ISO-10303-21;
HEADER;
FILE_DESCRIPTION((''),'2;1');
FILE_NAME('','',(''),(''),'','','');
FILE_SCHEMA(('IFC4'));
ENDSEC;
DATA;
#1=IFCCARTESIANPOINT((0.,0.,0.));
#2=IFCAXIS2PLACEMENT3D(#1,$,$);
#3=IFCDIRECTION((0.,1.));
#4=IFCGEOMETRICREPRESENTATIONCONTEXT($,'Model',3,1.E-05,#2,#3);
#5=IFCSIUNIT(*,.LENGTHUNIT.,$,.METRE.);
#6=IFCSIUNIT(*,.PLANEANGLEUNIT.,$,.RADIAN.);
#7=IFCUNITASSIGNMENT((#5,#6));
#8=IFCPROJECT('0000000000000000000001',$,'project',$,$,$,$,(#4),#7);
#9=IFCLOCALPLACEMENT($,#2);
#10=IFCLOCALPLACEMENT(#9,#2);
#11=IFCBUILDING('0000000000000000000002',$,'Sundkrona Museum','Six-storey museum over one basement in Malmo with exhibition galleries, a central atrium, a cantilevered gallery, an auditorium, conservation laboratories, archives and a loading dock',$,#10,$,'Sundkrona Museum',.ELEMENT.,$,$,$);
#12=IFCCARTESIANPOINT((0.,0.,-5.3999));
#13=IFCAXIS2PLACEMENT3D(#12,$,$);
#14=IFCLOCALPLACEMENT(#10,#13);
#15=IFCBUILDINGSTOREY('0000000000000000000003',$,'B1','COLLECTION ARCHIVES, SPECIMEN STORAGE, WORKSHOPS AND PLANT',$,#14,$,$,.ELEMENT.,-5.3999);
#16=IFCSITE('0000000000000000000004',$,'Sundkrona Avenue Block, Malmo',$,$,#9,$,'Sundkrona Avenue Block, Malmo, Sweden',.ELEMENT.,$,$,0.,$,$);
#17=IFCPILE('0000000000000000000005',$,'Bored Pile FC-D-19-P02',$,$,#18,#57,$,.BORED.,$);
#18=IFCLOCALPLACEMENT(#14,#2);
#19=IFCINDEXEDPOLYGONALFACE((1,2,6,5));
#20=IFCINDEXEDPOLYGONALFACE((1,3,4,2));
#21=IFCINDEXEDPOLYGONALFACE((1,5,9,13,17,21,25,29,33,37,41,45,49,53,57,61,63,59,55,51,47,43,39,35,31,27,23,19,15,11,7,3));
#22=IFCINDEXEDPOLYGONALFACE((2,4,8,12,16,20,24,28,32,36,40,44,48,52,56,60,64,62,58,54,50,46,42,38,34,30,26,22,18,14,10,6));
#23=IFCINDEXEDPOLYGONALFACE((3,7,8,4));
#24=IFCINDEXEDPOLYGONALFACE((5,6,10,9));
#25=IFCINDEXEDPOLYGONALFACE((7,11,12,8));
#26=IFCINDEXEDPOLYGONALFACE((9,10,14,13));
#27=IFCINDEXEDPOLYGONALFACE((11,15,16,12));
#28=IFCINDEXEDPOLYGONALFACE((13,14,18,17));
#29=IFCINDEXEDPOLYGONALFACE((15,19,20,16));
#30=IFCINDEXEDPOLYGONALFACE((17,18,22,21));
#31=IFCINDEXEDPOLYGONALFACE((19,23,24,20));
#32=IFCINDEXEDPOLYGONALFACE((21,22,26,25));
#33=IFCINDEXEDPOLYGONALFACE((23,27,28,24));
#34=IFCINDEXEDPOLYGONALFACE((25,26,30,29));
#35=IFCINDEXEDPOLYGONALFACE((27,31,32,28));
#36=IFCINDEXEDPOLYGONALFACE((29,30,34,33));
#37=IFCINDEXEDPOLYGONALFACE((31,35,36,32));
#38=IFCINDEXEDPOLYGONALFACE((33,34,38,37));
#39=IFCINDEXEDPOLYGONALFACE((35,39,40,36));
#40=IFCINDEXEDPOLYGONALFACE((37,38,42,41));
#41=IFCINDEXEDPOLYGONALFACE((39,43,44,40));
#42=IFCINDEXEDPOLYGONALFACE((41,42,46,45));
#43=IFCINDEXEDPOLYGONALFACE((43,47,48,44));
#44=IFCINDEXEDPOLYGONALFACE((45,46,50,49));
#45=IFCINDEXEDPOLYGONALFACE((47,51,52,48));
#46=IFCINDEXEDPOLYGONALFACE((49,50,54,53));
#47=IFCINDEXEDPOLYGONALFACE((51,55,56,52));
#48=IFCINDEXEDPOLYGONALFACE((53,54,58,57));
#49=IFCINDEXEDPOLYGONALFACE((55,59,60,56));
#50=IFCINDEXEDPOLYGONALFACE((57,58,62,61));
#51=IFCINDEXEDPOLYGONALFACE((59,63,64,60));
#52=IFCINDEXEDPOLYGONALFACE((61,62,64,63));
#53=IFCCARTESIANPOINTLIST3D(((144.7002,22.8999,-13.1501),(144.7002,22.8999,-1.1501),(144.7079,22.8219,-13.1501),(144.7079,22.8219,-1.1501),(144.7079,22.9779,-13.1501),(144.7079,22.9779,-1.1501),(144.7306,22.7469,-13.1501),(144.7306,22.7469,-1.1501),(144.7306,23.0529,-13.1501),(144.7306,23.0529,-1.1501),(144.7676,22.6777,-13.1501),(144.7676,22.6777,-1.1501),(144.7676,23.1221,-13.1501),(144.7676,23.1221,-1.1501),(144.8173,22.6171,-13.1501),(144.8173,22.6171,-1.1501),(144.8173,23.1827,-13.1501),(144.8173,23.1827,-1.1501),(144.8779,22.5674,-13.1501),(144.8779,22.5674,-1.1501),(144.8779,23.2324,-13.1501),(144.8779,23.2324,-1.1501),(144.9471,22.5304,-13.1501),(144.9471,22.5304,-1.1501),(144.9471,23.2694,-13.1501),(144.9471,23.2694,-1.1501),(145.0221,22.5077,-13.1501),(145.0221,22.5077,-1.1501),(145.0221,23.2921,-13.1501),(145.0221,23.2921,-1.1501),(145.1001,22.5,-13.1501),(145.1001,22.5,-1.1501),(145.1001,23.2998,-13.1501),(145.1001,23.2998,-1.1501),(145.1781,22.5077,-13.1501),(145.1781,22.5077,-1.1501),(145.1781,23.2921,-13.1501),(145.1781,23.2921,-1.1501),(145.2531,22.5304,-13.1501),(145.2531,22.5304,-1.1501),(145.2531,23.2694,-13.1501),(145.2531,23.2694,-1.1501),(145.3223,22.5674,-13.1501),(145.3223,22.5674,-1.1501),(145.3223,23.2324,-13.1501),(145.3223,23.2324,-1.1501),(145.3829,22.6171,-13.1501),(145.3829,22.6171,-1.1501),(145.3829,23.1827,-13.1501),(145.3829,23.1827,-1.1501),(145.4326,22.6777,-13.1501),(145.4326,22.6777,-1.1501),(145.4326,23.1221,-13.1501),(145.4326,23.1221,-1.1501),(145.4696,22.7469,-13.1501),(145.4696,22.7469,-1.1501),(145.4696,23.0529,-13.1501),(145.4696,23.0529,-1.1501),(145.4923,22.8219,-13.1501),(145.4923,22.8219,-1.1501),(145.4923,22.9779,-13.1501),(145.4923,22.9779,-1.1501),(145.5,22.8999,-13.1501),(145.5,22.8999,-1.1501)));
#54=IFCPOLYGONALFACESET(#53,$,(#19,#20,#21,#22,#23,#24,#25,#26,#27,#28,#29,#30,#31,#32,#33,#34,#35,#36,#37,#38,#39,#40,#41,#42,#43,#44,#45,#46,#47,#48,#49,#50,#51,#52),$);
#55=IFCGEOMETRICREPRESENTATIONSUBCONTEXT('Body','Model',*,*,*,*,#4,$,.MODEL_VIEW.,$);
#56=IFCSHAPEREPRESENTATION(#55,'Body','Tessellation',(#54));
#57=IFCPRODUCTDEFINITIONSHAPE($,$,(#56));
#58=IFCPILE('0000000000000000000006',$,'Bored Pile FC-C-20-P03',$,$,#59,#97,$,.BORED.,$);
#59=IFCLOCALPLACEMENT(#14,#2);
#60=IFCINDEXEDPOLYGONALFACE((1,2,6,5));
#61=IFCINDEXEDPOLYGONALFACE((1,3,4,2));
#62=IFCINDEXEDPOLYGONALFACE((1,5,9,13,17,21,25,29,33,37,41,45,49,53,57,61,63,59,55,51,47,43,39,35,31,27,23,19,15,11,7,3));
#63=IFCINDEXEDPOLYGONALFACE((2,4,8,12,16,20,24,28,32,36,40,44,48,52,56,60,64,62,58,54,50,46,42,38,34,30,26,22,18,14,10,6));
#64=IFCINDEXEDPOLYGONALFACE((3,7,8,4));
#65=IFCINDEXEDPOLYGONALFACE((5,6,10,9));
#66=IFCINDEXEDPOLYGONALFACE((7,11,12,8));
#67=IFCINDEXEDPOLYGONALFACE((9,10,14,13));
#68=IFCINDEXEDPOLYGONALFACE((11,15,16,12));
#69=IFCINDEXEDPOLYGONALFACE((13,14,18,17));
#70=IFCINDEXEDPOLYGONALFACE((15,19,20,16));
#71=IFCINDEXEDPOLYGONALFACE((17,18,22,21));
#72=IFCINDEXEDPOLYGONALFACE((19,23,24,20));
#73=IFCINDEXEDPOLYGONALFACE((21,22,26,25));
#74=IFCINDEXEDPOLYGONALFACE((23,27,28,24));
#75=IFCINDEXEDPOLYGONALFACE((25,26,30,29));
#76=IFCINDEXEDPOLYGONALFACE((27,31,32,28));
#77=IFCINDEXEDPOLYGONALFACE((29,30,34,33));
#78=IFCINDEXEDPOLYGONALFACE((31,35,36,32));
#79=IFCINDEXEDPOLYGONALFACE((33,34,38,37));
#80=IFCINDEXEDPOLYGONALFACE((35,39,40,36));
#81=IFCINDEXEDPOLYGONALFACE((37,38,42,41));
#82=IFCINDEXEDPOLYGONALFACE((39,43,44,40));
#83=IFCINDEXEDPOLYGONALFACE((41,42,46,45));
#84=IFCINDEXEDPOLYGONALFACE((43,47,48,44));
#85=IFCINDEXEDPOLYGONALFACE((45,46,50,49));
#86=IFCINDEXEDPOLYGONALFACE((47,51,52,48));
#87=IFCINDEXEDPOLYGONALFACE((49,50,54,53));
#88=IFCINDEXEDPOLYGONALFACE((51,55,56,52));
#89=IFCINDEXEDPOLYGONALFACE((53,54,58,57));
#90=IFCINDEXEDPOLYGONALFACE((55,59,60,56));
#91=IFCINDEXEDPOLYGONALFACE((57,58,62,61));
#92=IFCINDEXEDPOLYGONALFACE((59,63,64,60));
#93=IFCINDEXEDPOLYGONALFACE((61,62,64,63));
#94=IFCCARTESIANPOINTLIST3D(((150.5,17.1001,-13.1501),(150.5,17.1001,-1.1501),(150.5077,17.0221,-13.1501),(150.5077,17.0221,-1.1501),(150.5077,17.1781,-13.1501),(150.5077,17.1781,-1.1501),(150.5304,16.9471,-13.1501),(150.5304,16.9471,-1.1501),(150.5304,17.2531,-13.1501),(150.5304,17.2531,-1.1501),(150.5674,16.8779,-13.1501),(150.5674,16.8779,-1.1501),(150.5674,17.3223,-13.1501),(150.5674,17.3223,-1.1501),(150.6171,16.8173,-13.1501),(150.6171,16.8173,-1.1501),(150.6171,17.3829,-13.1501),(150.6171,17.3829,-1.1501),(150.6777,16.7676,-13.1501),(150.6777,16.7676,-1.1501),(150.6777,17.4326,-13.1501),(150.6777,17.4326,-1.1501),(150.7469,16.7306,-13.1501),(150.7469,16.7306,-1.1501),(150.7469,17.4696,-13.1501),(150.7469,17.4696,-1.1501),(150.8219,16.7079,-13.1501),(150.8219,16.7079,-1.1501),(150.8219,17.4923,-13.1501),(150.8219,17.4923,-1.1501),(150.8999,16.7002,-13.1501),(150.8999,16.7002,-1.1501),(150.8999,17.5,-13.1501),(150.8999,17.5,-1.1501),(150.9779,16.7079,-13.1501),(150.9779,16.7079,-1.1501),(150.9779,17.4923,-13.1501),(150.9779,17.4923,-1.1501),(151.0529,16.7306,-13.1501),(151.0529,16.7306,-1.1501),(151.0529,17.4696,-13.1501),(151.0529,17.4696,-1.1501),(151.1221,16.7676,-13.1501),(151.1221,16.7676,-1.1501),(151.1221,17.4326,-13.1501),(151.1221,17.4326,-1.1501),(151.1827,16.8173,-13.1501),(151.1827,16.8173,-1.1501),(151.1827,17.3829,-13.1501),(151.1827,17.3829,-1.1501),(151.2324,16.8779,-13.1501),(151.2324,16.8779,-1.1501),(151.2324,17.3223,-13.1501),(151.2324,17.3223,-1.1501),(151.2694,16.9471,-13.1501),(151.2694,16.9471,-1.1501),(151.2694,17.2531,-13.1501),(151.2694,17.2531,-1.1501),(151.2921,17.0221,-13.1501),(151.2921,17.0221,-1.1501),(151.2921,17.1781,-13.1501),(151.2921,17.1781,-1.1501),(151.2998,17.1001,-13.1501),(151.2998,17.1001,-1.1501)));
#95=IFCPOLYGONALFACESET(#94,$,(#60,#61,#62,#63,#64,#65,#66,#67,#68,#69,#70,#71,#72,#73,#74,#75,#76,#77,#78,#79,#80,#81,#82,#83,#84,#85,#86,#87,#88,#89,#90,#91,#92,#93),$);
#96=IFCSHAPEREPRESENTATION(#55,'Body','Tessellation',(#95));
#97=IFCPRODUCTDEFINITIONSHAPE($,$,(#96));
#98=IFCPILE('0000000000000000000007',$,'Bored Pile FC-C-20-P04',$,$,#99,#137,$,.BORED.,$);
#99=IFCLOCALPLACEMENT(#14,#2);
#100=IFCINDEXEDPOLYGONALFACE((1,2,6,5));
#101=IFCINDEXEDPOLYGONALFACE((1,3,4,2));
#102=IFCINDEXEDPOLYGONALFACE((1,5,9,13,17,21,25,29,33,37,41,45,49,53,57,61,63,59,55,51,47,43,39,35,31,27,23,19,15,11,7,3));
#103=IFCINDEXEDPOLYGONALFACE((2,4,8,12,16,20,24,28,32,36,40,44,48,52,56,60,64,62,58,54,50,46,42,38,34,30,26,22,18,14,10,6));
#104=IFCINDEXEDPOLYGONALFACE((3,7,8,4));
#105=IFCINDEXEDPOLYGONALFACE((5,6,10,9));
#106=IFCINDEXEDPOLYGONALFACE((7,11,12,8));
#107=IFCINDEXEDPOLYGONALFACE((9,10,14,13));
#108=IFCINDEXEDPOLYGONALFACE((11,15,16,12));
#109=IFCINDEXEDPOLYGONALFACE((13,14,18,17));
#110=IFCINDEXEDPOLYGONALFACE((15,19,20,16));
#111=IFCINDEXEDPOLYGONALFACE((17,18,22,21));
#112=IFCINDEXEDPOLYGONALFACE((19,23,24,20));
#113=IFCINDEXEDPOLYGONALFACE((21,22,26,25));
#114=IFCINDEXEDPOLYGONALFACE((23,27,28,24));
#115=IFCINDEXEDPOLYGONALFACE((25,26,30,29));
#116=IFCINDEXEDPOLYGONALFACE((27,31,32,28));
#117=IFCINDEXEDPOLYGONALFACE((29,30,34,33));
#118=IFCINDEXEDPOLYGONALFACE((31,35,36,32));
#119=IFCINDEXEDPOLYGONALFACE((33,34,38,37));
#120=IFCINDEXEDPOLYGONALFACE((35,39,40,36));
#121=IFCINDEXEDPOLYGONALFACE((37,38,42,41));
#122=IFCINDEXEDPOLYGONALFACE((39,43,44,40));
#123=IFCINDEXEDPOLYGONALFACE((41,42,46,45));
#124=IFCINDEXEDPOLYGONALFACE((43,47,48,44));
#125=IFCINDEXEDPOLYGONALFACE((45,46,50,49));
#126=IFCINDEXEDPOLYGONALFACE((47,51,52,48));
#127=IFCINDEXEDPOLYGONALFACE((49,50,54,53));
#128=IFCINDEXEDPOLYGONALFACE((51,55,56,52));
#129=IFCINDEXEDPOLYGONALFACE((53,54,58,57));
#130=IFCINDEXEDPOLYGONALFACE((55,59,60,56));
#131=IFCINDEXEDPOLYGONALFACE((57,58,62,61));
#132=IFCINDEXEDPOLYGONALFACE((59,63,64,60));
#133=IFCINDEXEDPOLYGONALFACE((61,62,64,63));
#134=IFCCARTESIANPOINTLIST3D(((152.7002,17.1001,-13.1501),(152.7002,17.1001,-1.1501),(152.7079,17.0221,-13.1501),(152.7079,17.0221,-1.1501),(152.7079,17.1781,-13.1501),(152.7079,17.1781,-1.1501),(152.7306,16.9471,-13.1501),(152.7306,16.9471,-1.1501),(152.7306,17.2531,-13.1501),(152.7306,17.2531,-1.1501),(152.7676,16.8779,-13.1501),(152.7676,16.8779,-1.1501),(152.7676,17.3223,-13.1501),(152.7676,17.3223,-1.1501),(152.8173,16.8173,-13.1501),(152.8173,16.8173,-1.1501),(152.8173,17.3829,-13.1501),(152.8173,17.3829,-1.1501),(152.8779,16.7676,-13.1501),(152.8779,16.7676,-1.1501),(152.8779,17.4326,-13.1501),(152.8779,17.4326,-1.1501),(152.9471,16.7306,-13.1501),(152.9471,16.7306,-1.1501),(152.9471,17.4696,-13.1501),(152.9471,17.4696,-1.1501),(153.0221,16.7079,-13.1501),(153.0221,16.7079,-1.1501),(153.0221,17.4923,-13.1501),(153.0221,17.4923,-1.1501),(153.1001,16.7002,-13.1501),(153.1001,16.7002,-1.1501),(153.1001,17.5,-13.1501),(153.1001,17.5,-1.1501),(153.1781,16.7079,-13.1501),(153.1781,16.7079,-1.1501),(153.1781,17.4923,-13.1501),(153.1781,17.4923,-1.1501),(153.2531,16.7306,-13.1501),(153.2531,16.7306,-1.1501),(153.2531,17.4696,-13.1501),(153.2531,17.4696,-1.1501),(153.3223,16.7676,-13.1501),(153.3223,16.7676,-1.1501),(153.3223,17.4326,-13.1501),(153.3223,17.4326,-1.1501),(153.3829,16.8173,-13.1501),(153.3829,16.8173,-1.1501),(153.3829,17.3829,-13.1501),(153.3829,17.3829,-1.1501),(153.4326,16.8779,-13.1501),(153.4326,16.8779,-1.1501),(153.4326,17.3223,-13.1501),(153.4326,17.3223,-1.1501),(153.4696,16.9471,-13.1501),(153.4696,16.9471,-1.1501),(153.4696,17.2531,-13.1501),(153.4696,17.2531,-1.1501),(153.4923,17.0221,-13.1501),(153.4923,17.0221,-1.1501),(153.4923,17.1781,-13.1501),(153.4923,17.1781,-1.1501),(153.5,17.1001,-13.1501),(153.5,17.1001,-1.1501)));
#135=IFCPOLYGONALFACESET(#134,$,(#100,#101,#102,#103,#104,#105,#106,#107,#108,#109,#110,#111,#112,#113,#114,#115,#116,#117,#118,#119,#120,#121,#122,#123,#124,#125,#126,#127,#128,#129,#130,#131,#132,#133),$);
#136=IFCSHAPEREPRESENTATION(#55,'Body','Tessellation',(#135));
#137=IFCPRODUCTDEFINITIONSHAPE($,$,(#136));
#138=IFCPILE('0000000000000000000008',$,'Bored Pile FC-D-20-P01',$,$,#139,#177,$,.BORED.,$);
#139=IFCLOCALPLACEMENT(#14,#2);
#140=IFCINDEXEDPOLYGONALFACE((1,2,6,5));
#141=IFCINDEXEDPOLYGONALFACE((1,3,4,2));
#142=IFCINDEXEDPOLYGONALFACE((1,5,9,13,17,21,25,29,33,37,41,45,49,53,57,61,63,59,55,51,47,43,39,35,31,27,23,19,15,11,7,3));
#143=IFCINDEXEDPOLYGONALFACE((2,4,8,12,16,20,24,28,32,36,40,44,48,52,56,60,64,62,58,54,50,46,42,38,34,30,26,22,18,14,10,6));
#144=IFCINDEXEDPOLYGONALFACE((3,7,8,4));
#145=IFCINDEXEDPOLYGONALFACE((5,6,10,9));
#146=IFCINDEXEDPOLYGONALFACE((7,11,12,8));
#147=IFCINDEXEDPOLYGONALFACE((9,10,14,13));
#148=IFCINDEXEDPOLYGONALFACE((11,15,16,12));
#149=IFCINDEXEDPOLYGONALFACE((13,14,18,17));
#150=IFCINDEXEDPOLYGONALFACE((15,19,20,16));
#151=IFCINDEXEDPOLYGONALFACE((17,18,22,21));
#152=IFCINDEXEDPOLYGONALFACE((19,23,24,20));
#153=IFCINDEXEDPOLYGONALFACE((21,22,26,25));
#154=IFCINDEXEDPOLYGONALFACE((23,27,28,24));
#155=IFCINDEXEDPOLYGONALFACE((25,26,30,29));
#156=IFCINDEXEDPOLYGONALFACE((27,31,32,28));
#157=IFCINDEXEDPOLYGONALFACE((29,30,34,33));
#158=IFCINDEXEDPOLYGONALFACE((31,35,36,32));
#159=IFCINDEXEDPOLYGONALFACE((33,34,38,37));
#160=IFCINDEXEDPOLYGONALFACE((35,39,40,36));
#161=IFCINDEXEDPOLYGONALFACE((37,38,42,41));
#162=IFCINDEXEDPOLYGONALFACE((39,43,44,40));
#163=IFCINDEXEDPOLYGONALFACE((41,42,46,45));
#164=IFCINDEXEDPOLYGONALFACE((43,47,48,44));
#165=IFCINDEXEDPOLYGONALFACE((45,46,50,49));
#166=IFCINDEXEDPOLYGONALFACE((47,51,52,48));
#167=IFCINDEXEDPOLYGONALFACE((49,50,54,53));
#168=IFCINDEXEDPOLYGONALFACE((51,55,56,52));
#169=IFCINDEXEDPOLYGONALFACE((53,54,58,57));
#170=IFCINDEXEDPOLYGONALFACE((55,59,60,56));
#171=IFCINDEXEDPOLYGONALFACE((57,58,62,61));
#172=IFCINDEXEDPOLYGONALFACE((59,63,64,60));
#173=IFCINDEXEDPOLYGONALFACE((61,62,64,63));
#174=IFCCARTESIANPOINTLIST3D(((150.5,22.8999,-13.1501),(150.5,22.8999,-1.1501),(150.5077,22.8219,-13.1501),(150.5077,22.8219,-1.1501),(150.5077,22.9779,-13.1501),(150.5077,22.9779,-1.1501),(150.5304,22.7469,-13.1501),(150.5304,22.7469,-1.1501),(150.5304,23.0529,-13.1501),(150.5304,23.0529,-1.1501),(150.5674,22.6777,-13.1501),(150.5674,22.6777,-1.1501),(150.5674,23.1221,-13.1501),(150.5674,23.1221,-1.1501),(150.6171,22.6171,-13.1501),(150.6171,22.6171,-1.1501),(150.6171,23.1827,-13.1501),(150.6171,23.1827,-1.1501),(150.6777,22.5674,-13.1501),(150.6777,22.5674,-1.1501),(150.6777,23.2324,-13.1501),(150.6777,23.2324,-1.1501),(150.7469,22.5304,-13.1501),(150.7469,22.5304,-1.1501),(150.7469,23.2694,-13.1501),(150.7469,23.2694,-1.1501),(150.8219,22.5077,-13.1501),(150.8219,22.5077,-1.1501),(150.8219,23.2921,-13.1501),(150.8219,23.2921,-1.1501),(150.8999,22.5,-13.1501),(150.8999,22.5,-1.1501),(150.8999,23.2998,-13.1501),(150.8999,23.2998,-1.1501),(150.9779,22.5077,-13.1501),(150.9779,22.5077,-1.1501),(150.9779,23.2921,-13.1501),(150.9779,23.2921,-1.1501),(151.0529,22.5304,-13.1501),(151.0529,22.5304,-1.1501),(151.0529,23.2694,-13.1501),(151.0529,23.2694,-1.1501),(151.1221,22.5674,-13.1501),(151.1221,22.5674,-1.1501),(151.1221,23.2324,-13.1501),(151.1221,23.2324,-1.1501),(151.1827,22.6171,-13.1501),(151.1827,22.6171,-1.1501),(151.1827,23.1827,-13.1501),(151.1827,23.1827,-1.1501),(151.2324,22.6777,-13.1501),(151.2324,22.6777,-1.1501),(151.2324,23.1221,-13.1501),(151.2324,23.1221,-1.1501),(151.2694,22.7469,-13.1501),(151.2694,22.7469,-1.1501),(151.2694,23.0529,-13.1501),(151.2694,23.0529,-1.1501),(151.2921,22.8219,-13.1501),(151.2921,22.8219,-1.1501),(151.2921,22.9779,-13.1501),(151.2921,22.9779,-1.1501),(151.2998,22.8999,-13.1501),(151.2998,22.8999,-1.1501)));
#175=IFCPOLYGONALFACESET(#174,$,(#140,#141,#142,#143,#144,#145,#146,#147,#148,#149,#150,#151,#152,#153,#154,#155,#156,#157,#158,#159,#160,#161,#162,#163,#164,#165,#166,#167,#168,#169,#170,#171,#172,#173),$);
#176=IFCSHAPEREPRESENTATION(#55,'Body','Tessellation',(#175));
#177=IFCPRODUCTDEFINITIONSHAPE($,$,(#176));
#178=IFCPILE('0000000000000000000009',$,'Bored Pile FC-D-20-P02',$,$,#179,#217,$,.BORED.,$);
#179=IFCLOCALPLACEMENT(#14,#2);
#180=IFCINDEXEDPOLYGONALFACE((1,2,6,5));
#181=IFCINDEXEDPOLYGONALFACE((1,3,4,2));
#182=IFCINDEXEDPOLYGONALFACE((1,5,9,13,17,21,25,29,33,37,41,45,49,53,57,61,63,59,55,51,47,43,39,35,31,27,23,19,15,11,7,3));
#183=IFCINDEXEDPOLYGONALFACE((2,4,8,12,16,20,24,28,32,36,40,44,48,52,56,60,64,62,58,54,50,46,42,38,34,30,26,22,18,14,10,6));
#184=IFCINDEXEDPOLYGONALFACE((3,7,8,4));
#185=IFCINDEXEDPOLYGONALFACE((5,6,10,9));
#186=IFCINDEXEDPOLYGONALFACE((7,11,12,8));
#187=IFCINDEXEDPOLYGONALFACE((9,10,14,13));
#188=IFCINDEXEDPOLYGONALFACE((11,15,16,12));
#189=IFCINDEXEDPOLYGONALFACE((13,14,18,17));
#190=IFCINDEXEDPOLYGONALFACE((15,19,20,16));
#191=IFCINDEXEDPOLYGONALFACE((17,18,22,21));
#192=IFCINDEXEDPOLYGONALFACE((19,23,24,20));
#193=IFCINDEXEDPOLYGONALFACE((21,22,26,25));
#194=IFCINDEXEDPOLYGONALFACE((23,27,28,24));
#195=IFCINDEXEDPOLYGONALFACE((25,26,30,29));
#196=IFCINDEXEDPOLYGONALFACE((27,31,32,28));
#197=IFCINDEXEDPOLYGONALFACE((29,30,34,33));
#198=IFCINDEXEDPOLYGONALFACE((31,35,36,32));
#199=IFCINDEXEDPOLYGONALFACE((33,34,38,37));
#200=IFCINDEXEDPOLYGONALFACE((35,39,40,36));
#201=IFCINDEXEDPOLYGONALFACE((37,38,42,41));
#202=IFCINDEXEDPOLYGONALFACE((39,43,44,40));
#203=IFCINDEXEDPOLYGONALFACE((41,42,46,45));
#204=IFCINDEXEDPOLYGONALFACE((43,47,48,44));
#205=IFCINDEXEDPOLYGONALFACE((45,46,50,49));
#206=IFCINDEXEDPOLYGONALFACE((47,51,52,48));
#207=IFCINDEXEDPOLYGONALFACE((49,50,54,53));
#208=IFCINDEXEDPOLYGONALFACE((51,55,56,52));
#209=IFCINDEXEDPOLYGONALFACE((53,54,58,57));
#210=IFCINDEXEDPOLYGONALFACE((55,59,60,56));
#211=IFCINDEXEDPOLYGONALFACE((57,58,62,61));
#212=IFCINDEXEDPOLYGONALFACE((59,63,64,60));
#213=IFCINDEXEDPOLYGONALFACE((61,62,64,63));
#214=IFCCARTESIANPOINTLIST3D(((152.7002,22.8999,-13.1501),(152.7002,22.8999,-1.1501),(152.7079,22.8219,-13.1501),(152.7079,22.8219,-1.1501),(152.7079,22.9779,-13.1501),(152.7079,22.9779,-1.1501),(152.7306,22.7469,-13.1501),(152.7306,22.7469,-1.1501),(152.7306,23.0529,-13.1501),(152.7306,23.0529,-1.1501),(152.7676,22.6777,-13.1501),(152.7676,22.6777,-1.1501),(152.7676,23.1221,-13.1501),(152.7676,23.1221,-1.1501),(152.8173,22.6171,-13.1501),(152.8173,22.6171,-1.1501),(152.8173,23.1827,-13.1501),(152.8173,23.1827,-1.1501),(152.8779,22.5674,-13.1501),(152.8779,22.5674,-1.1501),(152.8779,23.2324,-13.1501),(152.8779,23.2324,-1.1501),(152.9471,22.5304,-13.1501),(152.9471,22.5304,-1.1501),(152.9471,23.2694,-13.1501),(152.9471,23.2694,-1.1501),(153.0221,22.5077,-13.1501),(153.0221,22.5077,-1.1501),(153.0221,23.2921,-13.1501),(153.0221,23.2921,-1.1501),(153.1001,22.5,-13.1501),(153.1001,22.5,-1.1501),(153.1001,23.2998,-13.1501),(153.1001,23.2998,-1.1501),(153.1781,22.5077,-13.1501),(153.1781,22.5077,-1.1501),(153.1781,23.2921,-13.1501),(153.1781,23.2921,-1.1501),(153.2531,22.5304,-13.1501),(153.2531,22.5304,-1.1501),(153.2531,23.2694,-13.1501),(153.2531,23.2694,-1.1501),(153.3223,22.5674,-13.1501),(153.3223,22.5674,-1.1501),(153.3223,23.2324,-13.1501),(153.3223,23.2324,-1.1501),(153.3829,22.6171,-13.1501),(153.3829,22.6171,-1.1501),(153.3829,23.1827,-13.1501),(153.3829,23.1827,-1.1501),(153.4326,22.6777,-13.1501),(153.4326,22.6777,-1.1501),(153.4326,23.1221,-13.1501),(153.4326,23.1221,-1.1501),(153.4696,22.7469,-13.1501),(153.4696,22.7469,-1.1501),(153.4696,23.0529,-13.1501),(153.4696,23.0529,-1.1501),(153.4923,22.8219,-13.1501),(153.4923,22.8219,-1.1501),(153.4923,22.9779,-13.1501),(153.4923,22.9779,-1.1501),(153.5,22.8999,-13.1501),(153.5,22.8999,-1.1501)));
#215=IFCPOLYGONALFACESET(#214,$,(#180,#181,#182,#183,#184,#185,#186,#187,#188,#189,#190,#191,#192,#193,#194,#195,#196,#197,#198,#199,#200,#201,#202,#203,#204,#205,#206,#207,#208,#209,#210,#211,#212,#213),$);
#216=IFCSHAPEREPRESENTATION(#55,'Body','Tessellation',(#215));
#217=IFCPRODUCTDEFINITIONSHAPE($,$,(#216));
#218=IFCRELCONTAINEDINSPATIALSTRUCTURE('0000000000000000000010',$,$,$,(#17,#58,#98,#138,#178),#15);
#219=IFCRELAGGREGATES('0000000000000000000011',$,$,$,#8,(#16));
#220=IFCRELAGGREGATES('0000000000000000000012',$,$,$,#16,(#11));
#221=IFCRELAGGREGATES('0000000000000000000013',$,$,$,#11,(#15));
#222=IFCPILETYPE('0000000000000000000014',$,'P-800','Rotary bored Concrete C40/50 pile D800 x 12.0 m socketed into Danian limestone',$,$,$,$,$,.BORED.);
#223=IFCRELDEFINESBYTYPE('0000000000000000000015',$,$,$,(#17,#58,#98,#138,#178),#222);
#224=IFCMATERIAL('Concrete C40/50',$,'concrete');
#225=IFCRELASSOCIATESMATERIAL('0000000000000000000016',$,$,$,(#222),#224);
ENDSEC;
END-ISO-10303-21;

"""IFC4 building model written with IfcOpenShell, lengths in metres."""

from ifc_helpers import new_model, si_unit, direction, frame, origin, origin_2d, place, context, subcontext, project, spatial, circle, extrude, material, material_profile, profile_set, type_object, element, save


model = new_model("IFC4")

# Units and contexts
model_context = context("Model", 3, precision=1e-05, world=origin(), true_north=direction((0.0, 1.0)))
body_context = subcontext(model_context, "Body", "Model", "MODEL_VIEW")
ifc_project = project(units=[si_unit("LENGTHUNIT", "METRE"), si_unit("PLANEANGLEUNIT", "RADIAN")], contexts=[model_context])

# Site, building, storey
site_placement = place(None, origin())
site = spatial("IfcSite", under=ifc_project, at=site_placement, Name="Sundkrona Avenue Block, Malmo", LongName="Sundkrona Avenue Block, Malmo, Sweden", CompositionType="ELEMENT", RefElevation=0.0)
building_placement = place(site_placement, origin())
building = spatial("IfcBuilding", under=site, at=building_placement, Name="Sundkrona Museum", Description="Six-storey museum over one basement in Malmo with exhibition galleries, a central atrium, a cantilevered gallery, an auditorium, conservation laboratories, archives and a loading dock", LongName="Sundkrona Museum", CompositionType="ELEMENT")
storey_placement = place(building_placement, frame((0.0, 0.0, -5.3999)))
storey = spatial("IfcBuildingStorey", under=building, at=storey_placement, Name="B1", Description="COLLECTION ARCHIVES, SPECIMEN STORAGE, WORKSHOPS AND PLANT", CompositionType="ELEMENT", Elevation=-5.3999)

# Shared definitions
ifc_material_1 = material(Name="Concrete C40/50", Category="concrete")

# Piles
ifc_material_profile_1 = material_profile(ifc_material_1, circle(Radius=0.3999, at=origin_2d()), Name="PILE D800")
ifc_profile_set_1 = profile_set([ifc_material_profile_1], Name="Concrete C40/50")
pile_type = type_object("IfcPileType", Name="P-800", Description="Rotary bored Concrete C40/50 pile D800 x 12.0 m socketed into Danian limestone", PredefinedType="BORED", material=ifc_profile_set_1)
for number, where, z_axis, x_axis, name in (
    (1, (145.1001, 22.8999, -1.1501), (0.0, 0.0, -1.0), (1.0, 0.0, 0.0), "Bored Pile FC-D-19-P02"),
    (2, (150.8999, 17.1001, -1.1501), (0.0, 0.0, -1.0), (1.0, 0.0, 0.0), "Bored Pile FC-C-20-P03"),
    (3, (153.1001, 17.1001, -1.1501), (0.0, 0.0, -1.0), (1.0, 0.0, 0.0), "Bored Pile FC-C-20-P04"),
    (4, (150.8999, 22.8999, -1.1501), (0.0, 0.0, -1.0), (1.0, 0.0, 0.0), "Bored Pile FC-D-20-P01"),
    (5, (153.1001, 22.8999, -1.1501), (0.0, 0.0, -1.0), (1.0, 0.0, 0.0), "Bored Pile FC-D-20-P02"),
):
    element("IfcPile", number, at=place(storey_placement, frame(where, z_axis=z_axis, x_axis=x_axis)), inside=storey, type_object=pile_type, Name=name, PredefinedType="BORED", context=body_context, shape_type="SweptSolid", body=[
        extrude(circle(Radius=0.3999, at=origin_2d()), origin(), (0.0, 0.0, 1.0), 12.0),
    ])

save(model, "model.ifc")
